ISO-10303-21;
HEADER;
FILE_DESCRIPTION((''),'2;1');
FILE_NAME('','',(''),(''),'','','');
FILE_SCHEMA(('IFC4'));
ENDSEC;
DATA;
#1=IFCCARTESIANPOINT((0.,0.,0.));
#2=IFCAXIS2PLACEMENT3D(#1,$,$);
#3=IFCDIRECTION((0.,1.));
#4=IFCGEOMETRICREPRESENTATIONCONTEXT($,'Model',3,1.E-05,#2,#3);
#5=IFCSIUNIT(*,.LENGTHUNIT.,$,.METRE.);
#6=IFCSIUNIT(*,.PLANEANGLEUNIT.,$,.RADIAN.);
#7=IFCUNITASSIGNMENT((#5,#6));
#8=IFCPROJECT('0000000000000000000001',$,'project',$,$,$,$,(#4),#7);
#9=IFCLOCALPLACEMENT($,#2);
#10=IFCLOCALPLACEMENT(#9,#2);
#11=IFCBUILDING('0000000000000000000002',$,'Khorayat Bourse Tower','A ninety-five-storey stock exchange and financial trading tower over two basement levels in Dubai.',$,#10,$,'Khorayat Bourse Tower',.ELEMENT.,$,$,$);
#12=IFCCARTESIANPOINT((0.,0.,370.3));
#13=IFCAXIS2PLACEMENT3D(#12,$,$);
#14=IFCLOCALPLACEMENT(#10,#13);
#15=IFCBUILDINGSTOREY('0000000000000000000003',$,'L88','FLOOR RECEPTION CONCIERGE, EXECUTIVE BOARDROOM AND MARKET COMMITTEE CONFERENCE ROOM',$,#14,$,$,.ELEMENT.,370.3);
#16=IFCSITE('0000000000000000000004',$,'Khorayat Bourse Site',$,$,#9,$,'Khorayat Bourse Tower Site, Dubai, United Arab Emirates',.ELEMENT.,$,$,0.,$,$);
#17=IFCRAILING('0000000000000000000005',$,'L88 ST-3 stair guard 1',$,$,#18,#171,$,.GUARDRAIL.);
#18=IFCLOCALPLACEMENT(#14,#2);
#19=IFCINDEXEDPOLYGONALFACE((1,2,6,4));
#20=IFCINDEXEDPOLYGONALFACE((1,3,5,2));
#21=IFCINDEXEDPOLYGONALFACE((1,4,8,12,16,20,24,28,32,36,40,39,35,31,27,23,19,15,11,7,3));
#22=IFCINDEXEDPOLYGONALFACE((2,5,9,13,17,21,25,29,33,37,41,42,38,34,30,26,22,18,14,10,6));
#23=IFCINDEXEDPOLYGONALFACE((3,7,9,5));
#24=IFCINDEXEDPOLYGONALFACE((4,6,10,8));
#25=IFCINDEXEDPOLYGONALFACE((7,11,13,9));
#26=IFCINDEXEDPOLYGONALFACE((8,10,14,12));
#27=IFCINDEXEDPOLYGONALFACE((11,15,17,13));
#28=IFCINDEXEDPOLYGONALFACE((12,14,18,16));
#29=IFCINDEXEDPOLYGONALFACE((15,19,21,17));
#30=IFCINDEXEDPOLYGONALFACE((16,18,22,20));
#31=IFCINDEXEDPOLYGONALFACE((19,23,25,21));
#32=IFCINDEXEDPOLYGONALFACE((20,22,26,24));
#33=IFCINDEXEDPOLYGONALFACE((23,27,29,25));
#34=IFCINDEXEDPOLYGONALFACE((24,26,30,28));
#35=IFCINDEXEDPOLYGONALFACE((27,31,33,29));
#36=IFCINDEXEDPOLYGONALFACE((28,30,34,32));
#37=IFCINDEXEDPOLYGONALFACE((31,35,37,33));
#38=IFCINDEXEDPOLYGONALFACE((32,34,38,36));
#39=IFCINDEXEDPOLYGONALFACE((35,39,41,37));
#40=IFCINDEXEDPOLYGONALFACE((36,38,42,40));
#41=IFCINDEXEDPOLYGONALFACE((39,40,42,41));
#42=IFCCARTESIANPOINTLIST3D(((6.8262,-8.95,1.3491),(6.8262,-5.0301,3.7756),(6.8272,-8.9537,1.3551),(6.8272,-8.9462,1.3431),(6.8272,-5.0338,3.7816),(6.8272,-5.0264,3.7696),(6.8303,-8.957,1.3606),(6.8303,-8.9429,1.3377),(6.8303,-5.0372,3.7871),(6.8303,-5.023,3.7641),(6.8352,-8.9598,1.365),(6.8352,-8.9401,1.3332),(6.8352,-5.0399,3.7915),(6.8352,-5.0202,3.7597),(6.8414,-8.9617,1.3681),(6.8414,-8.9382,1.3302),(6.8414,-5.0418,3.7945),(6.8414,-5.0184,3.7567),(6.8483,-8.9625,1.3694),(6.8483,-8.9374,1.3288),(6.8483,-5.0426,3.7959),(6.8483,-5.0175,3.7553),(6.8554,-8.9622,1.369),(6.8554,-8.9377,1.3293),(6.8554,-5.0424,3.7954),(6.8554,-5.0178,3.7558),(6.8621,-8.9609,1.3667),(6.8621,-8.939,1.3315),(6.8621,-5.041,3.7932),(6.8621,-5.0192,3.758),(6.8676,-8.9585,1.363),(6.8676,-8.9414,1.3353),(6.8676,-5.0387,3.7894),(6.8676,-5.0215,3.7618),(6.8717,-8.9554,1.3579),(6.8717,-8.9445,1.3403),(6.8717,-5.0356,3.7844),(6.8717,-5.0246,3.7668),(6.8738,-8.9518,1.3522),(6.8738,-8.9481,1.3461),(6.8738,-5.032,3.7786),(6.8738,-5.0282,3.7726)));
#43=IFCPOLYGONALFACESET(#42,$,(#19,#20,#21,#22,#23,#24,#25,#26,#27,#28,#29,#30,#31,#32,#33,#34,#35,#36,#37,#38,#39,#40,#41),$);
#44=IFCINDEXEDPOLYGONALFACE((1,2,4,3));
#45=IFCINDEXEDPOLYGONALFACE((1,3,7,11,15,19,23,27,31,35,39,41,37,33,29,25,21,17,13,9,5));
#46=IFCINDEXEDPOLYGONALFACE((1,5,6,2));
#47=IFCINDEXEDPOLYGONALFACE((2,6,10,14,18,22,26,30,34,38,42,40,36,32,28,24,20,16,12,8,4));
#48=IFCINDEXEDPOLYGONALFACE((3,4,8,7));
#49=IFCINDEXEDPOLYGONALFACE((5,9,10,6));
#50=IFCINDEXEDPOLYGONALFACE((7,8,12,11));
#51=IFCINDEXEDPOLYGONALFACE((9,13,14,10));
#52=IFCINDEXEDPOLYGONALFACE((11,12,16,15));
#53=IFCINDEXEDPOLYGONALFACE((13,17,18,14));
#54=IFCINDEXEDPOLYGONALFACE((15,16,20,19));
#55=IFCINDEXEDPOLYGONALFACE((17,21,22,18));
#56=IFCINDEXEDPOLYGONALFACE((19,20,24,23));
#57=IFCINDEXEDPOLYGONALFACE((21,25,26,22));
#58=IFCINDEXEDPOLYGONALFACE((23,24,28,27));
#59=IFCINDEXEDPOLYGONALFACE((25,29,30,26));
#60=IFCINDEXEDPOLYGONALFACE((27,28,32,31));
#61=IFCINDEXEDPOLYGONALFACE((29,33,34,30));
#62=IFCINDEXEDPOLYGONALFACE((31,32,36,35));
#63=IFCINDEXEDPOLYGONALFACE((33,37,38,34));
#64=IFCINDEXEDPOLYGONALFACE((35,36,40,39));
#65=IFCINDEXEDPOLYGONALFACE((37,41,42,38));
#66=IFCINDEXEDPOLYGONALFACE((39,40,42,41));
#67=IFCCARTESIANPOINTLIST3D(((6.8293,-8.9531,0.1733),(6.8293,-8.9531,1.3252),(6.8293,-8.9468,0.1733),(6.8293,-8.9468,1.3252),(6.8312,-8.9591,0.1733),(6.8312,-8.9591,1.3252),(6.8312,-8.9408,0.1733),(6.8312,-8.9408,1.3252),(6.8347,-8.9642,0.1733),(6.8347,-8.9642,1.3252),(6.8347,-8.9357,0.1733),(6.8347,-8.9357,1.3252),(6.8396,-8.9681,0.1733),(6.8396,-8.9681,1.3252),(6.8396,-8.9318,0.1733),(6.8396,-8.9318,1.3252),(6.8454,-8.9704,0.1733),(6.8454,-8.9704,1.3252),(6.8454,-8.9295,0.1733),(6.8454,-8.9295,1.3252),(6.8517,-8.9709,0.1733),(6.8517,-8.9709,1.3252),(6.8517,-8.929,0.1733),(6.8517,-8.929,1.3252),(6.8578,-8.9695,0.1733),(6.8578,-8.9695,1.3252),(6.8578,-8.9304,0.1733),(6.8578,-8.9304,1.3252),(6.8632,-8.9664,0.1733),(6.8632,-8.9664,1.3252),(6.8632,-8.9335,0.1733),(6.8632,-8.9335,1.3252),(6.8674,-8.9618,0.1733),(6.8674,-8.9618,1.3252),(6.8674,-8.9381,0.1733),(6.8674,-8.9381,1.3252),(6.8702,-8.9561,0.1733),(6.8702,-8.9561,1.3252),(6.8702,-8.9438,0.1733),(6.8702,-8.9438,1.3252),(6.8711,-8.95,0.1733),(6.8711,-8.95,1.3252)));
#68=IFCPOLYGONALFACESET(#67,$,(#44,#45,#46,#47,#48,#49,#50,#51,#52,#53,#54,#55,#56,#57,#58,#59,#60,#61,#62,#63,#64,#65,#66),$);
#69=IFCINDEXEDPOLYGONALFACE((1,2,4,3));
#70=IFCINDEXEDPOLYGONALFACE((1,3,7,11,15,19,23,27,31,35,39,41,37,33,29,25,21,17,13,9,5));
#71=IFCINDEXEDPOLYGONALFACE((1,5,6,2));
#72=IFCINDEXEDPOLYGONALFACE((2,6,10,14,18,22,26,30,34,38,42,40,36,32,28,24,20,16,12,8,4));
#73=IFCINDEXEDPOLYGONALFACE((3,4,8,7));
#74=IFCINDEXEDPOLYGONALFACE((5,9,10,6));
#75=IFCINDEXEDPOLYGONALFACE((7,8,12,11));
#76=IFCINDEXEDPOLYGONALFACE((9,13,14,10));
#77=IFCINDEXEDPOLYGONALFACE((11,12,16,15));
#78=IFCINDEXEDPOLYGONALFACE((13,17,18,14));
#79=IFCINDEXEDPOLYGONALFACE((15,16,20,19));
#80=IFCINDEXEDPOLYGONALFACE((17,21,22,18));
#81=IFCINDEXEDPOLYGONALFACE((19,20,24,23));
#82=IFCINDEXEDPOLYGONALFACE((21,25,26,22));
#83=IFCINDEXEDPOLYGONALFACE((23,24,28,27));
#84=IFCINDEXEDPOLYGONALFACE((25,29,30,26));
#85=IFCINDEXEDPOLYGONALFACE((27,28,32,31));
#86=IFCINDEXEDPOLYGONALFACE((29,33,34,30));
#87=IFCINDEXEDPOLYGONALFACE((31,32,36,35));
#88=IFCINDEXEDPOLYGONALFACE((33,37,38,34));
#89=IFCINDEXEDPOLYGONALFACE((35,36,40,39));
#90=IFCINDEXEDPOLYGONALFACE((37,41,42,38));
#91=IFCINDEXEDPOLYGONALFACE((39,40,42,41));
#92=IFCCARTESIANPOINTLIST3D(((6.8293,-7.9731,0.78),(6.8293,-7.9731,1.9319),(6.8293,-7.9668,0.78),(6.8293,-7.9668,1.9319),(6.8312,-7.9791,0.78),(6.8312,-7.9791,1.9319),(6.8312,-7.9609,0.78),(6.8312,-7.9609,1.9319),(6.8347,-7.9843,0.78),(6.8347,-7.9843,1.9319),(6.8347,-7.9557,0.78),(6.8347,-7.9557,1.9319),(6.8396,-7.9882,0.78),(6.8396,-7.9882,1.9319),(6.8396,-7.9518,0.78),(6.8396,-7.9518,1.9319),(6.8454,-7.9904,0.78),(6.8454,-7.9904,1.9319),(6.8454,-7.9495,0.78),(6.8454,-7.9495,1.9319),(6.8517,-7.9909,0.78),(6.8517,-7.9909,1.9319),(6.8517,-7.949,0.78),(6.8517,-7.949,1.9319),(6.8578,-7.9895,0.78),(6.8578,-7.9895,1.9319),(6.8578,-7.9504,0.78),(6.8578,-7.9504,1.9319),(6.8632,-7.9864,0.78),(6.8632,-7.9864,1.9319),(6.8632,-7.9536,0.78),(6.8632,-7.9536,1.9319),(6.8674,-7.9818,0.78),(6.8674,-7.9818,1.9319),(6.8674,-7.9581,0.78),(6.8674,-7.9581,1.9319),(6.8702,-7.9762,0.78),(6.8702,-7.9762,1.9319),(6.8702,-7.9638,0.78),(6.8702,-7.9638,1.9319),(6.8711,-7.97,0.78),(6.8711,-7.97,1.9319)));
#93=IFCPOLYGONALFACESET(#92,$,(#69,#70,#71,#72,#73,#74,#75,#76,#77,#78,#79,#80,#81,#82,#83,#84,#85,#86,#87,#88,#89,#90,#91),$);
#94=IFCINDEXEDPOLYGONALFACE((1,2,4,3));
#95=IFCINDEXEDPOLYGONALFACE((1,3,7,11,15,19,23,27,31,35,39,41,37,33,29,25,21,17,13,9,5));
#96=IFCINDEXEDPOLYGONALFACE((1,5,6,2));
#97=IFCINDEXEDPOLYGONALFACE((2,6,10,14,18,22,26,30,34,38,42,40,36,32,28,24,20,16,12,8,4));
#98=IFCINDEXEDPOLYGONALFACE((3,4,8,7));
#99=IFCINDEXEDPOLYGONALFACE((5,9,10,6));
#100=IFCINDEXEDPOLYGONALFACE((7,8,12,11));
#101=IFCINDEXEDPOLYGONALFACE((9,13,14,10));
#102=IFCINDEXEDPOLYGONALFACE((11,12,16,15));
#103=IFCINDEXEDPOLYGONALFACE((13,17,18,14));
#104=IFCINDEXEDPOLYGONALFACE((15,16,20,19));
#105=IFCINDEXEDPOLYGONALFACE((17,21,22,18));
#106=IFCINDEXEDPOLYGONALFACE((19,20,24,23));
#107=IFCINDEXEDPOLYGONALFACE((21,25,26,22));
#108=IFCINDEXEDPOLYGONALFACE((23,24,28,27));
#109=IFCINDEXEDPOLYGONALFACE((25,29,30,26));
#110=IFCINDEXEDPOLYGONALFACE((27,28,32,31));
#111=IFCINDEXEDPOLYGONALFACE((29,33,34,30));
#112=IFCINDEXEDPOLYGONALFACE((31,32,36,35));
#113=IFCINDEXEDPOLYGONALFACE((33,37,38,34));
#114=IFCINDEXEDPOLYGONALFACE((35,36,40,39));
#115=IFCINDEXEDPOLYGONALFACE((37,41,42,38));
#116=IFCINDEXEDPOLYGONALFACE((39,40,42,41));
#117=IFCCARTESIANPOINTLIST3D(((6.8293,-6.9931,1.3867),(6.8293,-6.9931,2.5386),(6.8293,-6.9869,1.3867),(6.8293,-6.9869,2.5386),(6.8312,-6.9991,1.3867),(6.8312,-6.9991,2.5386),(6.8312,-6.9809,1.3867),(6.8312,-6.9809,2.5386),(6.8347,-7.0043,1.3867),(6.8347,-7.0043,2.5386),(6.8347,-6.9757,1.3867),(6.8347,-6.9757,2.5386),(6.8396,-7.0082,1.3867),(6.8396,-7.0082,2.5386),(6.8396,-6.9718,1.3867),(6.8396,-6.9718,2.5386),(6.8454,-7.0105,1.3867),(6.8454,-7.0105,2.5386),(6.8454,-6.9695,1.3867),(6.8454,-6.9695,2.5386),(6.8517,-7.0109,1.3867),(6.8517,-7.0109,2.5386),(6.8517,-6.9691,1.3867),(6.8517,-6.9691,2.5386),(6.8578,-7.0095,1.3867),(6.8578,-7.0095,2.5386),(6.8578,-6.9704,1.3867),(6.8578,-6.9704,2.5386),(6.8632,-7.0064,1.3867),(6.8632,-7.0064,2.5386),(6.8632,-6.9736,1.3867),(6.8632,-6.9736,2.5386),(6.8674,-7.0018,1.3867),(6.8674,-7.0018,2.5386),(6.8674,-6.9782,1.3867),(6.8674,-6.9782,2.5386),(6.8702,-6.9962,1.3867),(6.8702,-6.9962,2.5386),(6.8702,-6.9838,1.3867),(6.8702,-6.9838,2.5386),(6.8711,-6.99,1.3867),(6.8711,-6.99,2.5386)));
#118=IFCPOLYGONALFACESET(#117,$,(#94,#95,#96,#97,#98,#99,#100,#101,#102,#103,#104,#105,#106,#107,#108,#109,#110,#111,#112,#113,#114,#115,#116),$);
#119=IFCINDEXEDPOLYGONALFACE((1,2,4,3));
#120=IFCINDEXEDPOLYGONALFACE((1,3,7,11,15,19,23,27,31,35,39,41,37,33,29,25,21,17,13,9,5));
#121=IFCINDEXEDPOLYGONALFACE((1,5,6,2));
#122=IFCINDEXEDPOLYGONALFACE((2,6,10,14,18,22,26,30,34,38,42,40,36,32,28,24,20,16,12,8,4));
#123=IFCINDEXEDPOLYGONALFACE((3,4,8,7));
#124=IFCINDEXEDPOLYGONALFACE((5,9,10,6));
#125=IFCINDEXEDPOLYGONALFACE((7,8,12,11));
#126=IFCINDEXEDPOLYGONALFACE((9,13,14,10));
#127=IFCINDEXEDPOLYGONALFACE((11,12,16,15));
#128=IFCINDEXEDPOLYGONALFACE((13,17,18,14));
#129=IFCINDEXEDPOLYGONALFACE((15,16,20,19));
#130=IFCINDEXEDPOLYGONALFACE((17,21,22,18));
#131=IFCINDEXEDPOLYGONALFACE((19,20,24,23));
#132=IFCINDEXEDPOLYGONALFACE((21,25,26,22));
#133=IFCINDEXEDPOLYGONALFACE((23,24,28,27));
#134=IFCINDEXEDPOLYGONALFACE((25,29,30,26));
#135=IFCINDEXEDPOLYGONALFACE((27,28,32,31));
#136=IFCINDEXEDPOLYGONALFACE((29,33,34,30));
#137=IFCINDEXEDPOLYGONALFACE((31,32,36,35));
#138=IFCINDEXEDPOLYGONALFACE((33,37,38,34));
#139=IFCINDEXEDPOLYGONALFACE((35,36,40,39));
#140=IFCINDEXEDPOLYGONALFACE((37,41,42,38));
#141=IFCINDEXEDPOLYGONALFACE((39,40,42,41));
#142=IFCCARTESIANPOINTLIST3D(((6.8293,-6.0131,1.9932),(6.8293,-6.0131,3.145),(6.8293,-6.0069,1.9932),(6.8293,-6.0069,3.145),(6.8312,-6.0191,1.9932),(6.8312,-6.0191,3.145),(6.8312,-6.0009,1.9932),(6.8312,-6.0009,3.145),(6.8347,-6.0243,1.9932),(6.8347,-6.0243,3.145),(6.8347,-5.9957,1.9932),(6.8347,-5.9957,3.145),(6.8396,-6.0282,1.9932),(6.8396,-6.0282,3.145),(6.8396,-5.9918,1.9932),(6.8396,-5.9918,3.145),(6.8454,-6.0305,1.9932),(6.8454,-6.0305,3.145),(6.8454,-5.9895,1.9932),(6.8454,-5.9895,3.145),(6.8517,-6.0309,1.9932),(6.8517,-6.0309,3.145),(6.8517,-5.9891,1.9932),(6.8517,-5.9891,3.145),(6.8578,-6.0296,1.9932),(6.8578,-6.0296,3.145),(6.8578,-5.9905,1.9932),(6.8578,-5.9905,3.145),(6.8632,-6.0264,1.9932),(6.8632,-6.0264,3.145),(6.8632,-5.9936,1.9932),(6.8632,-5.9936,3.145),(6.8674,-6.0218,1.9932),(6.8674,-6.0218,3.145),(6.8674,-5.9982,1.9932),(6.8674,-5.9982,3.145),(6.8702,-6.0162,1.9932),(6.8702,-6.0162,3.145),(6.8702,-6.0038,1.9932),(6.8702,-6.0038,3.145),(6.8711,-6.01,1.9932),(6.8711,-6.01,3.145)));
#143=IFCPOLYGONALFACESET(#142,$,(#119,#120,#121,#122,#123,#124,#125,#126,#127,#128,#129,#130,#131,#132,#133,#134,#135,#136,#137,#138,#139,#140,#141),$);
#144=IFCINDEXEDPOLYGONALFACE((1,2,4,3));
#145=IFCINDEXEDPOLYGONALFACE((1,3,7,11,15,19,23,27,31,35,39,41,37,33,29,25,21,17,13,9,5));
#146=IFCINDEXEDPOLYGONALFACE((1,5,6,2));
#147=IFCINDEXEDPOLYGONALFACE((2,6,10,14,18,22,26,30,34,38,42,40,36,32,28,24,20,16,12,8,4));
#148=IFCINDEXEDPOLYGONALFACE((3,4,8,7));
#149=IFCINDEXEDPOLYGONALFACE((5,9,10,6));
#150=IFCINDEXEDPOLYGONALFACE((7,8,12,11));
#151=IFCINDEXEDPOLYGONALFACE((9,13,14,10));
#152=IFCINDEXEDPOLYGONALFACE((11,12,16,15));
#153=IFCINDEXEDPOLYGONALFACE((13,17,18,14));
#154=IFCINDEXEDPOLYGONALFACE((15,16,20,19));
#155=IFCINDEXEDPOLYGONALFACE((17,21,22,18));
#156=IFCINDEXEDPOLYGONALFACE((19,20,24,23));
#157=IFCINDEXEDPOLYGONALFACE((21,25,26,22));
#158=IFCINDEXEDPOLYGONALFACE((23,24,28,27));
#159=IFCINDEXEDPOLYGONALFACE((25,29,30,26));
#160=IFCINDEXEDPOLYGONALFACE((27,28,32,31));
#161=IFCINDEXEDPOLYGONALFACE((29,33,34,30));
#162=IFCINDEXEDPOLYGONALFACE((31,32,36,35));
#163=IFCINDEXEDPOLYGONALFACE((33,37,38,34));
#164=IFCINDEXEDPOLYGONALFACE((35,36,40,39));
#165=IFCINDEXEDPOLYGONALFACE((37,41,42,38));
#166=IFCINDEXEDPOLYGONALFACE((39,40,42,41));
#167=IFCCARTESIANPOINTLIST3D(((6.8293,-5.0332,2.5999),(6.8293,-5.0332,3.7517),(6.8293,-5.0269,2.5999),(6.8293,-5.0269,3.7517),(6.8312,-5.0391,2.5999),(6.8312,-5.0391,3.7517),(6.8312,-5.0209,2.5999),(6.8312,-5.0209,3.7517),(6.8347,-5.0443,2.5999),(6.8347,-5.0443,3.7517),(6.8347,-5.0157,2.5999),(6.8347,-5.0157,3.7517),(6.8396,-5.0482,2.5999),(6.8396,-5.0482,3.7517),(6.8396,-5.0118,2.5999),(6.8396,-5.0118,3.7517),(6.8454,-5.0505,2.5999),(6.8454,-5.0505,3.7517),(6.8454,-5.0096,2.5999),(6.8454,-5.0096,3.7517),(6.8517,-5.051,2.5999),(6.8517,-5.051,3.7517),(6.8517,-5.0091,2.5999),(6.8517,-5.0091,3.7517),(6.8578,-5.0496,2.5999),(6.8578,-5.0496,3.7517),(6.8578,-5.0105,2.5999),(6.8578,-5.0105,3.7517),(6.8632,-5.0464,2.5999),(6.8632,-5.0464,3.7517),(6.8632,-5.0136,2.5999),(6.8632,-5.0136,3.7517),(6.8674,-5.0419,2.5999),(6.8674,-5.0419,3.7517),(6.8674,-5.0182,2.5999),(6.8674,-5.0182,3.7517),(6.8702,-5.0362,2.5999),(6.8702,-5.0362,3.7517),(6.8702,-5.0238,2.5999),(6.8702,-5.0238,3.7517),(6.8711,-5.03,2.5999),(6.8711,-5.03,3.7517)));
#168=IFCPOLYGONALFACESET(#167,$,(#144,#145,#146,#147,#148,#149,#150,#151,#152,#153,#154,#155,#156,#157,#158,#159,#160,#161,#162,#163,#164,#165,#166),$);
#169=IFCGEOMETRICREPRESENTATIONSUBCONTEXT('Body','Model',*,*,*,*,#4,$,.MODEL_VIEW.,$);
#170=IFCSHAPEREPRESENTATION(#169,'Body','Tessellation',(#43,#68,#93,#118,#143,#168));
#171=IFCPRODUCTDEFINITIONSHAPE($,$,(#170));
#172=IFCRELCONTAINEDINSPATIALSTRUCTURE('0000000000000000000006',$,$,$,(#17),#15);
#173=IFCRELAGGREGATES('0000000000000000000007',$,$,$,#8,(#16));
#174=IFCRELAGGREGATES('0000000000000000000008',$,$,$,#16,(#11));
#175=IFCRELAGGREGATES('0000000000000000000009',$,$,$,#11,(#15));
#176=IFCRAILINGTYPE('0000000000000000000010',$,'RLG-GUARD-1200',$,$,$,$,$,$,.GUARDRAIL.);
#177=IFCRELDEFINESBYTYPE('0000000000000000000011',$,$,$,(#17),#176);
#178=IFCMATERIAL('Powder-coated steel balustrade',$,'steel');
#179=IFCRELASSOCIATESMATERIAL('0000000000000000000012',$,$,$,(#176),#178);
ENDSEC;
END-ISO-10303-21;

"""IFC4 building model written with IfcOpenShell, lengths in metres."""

from ifc_helpers import new_model, si_unit, direction, frame, origin, origin_2d, place, context, subcontext, project, spatial, circle, extrude, source, transform, mapped, material, type_object, element, save


model = new_model("IFC4")

# Units and contexts
model_context = context("Model", 3, precision=1e-05, world=origin(), true_north=direction((0.0, 1.0)))
body_context = subcontext(model_context, "Body", "Model", "MODEL_VIEW")
ifc_project = project(units=[si_unit("LENGTHUNIT", "METRE"), si_unit("PLANEANGLEUNIT", "RADIAN")], contexts=[model_context])

# Site, building, storey
site_placement = place(None, origin())
site = spatial("IfcSite", under=ifc_project, at=site_placement, Name="Khorayat Bourse Site", LongName="Khorayat Bourse Tower Site, Dubai, United Arab Emirates", CompositionType="ELEMENT", RefElevation=0.0)
building_placement = place(site_placement, origin())
building = spatial("IfcBuilding", under=site, at=building_placement, Name="Khorayat Bourse Tower", Description="A ninety-five-storey stock exchange and financial trading tower over two basement levels in Dubai.", LongName="Khorayat Bourse Tower", CompositionType="ELEMENT")
storey_placement = place(building_placement, frame((0.0, 0.0, 370.3)))
storey = spatial("IfcBuildingStorey", under=building, at=storey_placement, Name="L88", Description="FLOOR RECEPTION CONCIERGE, EXECUTIVE BOARDROOM AND MARKET COMMITTEE CONFERENCE ROOM", CompositionType="ELEMENT", Elevation=370.3)

# Railing
ifc_material_1 = material(Name="Powder-coated steel balustrade", Category="steel")
railing_type_1 = type_object("IfcRailingType", Name="RLG-GUARD-1200", PredefinedType="GUARDRAIL", material=ifc_material_1)
shared_shape_1 = source(origin(), body_context, "Body", "SweptSolid", [
    extrude(circle(Radius=0.0239, at=origin_2d()), frame((0.0, 0.0, 1.1758), z_axis=(0.0, 0.850275, 0.526338), x_axis=(-1.0, 0.0, 0.0)), (0.0, 0.0, 1.0), 4.6101),
    extrude(circle(Radius=0.021, at=origin_2d()), origin(), (0.0, 0.0, 1.0), 1.1519),
    extrude(circle(Radius=0.021, at=origin_2d()), frame((0.0, 0.98, 0.6067)), (0.0, 0.0, 1.0), 1.1519),
    extrude(circle(Radius=0.021, at=origin_2d()), frame((0.0, 1.96, 1.2134)), (0.0, 0.0, 1.0), 1.1519),
    extrude(circle(Radius=0.021, at=origin_2d()), frame((0.0, 2.9399, 1.8198)), (0.0, 0.0, 1.0), 1.1519),
    extrude(circle(Radius=0.021, at=origin_2d()), frame((0.0, 3.9199, 2.4265)), (0.0, 0.0, 1.0), 1.1519),
])
railing_1_placement = place(storey_placement, frame((6.8501, -8.95, 0.1733)))
element("IfcRailing", 1, at=railing_1_placement, inside=storey, type_object=railing_type_1, Name="L88 ST-3 stair guard 1", PredefinedType="GUARDRAIL", context=body_context, shape_type="MappedRepresentation", body=[
    mapped(shared_shape_1, transform((0.0, 0.0, 0.0), scale=1.0)),
])

save(model, "model.ifc")
